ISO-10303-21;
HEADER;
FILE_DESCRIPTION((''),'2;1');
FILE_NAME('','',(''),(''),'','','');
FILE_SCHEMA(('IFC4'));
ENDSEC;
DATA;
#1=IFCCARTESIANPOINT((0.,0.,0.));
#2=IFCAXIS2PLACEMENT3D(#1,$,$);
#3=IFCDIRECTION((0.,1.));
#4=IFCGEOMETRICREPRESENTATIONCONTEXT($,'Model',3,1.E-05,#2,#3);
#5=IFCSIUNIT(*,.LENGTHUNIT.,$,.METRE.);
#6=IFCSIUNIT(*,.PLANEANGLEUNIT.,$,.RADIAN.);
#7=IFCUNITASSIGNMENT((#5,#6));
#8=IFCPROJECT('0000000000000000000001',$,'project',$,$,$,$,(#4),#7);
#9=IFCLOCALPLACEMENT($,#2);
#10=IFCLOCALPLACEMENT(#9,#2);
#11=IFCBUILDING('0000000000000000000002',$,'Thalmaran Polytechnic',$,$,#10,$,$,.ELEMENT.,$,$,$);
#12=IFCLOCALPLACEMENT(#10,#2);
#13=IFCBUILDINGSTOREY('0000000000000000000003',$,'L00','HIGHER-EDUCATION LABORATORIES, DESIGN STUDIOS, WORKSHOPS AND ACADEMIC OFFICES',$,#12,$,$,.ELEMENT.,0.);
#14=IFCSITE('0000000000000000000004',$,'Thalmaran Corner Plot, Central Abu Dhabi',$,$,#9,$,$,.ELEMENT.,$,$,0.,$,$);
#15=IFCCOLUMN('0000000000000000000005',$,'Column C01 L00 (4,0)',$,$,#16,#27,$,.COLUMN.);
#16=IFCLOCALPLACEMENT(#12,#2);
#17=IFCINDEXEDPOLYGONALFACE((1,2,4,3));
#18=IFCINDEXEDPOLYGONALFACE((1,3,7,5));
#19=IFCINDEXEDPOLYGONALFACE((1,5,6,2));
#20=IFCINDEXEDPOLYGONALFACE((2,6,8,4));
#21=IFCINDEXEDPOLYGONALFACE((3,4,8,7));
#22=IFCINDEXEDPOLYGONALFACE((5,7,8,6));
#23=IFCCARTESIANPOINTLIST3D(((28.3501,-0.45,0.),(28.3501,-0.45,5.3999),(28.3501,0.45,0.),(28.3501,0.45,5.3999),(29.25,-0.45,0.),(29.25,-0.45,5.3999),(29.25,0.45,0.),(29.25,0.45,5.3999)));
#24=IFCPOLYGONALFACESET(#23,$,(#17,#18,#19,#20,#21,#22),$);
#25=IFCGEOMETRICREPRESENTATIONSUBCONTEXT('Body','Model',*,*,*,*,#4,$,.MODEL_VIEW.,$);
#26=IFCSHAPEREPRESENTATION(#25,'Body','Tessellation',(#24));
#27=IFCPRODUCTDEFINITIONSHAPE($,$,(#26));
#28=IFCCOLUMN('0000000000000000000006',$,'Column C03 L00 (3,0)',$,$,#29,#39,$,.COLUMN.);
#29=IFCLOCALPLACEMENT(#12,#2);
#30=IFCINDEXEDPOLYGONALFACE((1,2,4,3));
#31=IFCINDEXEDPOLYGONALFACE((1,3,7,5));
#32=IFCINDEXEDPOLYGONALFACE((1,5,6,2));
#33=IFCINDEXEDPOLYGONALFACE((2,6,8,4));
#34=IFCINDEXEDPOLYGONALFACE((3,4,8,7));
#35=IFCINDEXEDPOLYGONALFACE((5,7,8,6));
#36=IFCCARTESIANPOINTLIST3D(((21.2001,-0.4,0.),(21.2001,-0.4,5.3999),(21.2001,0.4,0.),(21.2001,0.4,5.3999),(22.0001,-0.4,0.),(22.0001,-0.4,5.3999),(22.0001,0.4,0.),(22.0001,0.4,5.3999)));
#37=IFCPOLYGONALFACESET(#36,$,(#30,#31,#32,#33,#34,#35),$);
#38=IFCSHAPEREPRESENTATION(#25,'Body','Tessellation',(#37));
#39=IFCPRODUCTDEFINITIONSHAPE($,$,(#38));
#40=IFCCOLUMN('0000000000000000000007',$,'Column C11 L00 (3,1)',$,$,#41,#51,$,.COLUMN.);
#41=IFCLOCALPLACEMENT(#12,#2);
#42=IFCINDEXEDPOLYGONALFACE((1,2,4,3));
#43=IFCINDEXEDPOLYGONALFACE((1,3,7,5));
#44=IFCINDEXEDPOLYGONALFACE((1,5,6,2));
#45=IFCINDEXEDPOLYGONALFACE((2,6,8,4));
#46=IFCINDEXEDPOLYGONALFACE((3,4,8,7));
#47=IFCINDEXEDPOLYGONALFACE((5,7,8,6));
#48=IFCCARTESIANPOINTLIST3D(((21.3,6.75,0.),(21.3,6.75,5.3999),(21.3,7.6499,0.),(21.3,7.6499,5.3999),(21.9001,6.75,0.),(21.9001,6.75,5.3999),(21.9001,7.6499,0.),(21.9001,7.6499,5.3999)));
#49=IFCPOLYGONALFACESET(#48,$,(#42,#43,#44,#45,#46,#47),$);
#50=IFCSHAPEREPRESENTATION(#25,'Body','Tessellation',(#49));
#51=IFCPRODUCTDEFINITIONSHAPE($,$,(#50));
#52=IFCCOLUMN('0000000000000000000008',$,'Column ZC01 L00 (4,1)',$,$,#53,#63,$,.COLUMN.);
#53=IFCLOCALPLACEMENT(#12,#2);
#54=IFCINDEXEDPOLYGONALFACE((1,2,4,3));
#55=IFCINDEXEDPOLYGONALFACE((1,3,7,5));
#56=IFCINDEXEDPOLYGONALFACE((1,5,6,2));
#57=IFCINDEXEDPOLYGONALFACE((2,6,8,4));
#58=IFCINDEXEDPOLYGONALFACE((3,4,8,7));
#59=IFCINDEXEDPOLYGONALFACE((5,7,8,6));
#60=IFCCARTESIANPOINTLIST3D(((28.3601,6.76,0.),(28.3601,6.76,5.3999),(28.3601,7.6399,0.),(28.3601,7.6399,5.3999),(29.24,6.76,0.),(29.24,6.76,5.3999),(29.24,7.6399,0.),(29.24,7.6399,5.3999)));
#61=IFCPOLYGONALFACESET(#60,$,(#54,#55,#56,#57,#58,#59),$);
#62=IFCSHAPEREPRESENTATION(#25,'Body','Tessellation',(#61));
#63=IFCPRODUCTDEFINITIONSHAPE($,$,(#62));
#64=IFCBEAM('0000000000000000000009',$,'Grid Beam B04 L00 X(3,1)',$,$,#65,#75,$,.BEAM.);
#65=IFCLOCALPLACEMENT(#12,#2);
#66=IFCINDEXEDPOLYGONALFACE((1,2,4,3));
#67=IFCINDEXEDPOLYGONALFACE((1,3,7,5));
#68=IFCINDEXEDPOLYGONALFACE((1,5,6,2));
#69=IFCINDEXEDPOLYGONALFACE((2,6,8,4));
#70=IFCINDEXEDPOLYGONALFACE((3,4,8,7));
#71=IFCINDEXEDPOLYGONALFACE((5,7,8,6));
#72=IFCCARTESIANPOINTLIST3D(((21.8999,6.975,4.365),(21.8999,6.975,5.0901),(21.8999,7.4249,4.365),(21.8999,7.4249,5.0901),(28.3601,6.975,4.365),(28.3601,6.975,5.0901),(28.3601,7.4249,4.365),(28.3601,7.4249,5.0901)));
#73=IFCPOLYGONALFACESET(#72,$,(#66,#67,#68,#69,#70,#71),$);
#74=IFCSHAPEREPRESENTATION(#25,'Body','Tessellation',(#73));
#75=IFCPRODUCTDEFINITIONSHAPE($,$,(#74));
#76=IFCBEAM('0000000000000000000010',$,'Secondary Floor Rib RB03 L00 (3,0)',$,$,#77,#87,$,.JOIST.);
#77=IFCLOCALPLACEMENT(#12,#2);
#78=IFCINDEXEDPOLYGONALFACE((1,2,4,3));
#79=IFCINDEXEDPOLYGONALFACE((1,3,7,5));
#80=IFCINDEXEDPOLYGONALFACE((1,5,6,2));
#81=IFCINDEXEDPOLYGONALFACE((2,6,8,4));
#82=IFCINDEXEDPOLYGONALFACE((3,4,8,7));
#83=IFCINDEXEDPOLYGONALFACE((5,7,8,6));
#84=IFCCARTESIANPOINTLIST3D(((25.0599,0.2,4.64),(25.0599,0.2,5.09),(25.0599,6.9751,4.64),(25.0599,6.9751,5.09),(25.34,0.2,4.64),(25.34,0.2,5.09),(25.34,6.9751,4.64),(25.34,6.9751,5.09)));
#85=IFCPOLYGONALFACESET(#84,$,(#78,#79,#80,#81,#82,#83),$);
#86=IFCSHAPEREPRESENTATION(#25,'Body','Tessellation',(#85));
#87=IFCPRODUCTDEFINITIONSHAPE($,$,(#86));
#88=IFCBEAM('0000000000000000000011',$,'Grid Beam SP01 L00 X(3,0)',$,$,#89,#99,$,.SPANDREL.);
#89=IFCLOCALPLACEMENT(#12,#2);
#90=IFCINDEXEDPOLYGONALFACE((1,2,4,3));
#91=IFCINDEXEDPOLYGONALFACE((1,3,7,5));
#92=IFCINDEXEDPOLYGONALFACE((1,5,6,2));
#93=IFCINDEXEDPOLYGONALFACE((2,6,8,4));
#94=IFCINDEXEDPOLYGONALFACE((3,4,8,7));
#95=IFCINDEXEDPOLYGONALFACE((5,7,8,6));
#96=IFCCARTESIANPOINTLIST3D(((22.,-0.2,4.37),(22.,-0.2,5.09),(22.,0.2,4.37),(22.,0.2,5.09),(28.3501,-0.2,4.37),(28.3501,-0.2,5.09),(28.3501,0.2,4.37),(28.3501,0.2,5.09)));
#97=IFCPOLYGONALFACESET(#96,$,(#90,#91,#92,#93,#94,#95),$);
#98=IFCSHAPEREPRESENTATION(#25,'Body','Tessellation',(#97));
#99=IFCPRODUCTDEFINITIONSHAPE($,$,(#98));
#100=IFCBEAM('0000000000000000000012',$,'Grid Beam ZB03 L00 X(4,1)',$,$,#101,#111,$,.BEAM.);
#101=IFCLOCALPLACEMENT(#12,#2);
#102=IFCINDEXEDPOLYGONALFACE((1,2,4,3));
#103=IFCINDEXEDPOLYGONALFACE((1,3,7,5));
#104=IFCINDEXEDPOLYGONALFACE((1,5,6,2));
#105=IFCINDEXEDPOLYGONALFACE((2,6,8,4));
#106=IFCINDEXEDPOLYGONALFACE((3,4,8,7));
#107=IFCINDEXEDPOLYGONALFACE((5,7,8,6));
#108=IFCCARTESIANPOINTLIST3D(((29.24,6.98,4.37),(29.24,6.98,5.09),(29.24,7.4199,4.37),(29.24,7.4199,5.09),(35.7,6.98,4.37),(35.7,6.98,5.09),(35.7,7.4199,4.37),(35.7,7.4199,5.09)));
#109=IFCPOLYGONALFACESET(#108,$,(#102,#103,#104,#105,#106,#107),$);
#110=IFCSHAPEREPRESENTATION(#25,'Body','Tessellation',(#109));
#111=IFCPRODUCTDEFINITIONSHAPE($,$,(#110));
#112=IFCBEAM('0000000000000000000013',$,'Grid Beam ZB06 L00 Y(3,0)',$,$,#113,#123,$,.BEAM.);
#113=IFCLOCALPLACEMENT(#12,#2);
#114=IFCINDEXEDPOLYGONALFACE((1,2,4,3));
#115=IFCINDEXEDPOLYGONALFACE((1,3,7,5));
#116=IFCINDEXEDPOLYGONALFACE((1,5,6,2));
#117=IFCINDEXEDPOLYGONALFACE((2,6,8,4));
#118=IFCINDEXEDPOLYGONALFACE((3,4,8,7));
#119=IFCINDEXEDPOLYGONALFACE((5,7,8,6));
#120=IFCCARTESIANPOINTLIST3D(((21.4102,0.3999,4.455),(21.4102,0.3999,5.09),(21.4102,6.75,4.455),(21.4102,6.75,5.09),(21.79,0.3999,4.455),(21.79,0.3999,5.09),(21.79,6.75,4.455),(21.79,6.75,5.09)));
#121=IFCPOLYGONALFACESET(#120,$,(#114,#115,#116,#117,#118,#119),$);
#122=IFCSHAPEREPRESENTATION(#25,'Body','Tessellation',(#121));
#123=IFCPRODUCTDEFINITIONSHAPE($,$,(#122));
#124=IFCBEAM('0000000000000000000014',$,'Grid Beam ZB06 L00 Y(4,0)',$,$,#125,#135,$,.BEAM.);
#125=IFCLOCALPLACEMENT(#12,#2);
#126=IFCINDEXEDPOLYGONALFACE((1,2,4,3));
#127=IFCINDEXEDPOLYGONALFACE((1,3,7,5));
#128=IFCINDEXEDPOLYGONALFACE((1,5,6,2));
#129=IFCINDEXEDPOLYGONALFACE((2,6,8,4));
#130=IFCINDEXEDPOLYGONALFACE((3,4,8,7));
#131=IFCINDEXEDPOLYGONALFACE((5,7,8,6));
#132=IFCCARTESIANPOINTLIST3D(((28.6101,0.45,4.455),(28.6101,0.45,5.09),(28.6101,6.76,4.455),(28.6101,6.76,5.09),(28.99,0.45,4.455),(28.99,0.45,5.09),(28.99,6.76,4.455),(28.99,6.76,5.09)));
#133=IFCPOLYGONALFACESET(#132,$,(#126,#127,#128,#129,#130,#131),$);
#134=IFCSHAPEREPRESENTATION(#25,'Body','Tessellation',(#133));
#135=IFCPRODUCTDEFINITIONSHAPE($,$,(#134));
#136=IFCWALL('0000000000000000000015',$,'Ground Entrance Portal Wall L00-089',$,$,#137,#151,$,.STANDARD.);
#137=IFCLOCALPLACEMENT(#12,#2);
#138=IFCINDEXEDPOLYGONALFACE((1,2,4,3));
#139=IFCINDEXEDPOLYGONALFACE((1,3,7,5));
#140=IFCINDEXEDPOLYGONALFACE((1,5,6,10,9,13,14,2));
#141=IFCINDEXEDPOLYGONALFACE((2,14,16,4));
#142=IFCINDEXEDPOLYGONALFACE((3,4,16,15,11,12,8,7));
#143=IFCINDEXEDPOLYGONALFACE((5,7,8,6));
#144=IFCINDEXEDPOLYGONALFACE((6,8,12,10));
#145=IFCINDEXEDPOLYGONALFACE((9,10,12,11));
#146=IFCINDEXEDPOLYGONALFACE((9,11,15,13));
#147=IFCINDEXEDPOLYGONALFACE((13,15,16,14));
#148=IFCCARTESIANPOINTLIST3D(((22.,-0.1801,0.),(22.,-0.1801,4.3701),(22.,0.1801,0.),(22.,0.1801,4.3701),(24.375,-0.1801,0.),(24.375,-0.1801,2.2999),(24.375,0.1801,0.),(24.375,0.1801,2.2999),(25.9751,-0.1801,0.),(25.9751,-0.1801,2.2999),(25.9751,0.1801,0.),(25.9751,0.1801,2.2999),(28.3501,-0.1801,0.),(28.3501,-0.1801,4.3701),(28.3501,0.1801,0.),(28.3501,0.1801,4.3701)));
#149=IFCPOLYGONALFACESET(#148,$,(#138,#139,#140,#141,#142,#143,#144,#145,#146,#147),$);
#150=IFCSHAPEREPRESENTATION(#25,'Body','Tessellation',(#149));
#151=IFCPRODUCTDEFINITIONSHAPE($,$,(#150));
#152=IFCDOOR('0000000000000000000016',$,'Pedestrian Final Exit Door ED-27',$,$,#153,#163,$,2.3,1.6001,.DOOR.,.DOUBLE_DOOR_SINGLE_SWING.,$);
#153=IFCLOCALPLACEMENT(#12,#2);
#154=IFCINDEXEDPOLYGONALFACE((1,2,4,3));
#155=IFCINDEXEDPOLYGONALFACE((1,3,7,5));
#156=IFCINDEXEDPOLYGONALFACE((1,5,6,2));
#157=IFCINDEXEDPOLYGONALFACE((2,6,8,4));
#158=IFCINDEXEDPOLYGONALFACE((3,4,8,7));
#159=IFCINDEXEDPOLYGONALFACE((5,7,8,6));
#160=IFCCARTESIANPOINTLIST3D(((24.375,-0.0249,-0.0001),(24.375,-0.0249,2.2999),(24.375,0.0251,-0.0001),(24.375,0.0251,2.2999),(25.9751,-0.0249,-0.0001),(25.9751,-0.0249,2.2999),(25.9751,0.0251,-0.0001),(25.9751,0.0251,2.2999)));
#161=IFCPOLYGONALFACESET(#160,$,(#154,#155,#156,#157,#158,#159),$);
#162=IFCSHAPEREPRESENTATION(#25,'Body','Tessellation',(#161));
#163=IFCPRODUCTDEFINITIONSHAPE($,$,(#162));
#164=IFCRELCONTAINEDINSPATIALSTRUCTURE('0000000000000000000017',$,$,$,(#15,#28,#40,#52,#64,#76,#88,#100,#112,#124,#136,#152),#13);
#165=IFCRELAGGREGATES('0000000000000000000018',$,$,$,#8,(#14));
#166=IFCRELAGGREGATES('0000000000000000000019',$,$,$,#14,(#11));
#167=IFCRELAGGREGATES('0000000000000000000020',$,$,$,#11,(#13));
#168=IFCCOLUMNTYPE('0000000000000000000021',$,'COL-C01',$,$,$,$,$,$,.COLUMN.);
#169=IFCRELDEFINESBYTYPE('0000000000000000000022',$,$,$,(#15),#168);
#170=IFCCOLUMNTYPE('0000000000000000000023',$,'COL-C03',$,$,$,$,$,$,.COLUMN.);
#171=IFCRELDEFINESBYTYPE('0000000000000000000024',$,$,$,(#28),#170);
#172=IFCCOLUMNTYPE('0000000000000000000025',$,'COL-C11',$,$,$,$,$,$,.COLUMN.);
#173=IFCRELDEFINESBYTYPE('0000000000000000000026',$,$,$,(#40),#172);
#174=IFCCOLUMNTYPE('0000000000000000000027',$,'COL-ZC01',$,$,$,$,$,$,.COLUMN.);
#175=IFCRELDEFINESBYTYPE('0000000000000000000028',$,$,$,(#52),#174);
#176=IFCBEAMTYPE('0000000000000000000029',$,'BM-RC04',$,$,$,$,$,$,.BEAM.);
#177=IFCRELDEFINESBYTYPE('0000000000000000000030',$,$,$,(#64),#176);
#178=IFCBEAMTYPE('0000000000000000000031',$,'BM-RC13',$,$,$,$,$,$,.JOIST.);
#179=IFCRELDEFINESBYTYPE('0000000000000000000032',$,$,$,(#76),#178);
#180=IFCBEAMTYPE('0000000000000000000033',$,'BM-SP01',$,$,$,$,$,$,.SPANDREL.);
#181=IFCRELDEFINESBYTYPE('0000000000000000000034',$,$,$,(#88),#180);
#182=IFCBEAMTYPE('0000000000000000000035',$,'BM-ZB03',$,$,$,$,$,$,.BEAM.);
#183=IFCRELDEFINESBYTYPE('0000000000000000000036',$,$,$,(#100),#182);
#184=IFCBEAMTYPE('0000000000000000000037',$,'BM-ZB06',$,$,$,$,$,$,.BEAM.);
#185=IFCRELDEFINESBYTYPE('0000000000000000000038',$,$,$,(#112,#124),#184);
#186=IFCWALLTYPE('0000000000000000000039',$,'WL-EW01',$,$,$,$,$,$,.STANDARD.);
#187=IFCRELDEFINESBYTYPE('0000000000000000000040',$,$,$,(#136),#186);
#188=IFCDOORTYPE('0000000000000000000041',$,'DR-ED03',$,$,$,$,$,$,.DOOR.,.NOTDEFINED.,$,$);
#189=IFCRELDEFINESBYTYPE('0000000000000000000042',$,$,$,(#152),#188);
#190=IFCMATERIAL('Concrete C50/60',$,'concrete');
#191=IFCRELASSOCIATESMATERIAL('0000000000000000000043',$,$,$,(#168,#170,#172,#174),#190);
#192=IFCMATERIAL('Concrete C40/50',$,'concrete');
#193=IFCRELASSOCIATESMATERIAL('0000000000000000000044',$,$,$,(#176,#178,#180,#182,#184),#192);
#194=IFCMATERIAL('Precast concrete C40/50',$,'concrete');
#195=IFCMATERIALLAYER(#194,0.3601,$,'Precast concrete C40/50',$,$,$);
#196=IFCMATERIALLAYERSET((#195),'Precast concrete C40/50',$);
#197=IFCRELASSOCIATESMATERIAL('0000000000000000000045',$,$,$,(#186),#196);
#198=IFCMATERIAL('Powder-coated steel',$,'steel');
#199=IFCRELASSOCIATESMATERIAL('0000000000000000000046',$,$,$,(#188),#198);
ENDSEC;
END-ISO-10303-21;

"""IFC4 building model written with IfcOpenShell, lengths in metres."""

from ifc_helpers import new_model, si_unit, direction, frame, frame_2d, origin, origin_2d, place, context, subcontext, project, spatial, rectangle, extrude, material, layer, layer_set, material_profile, profile_set, type_object, element, fill, save


model = new_model("IFC4")

# Units and contexts
model_context = context("Model", 3, precision=1e-05, world=origin(), true_north=direction((0.0, 1.0)))
body_context = subcontext(model_context, "Body", "Model", "MODEL_VIEW")
ifc_project = project(units=[si_unit("LENGTHUNIT", "METRE"), si_unit("PLANEANGLEUNIT", "RADIAN")], contexts=[model_context])

# Site, building, storey
site_placement = place(None, origin())
site = spatial("IfcSite", under=ifc_project, at=site_placement, Name="Thalmaran Corner Plot, Central Abu Dhabi", CompositionType="ELEMENT", RefElevation=0.0)
building_placement = place(site_placement, origin())
building = spatial("IfcBuilding", under=site, at=building_placement, Name="Thalmaran Polytechnic", CompositionType="ELEMENT")
storey_placement = place(building_placement, origin())
storey = spatial("IfcBuildingStorey", under=building, at=storey_placement, Name="L00", Description="HIGHER-EDUCATION LABORATORIES, DESIGN STUDIOS, WORKSHOPS AND ACADEMIC OFFICES", CompositionType="ELEMENT", Elevation=0.0)

# Columns
ifc_material_1 = material(Name="Concrete C50/60", Category="concrete")
ifc_material_profile_1 = material_profile(ifc_material_1, rectangle(XDim=0.8999, YDim=0.8999, at=origin_2d()), Name="RC 900x900")
ifc_profile_set_1 = profile_set([ifc_material_profile_1], Name="Concrete C50/60")
column_type_1 = type_object("IfcColumnType", Name="COL-C01", PredefinedType="COLUMN", material=ifc_profile_set_1)
column_1_placement = place(storey_placement, frame((28.8, 0.0, 0.0), z_axis=(0.0, 0.0, 1.0), x_axis=(1.0, 0.0, 0.0)))
element("IfcColumn", 1, at=column_1_placement, inside=storey, type_object=column_type_1, Name="Column C01 L00 (4,0)", PredefinedType="COLUMN", context=body_context, shape_type="SweptSolid", body=[
    extrude(rectangle(XDim=0.8999, YDim=0.8999, at=origin_2d()), origin(), (0.0, 0.0, 1.0), 5.3999),
])
ifc_material_profile_2 = material_profile(ifc_material_1, rectangle(XDim=0.8, YDim=0.8, at=origin_2d()), Name="RC 800x800")
ifc_profile_set_2 = profile_set([ifc_material_profile_2], Name="Concrete C50/60")
column_type_2 = type_object("IfcColumnType", Name="COL-C03", PredefinedType="COLUMN", material=ifc_profile_set_2)
column_2_placement = place(storey_placement, frame((21.6001, 0.0, 0.0), z_axis=(0.0, 0.0, 1.0), x_axis=(1.0, 0.0, 0.0)))
element("IfcColumn", 2, at=column_2_placement, inside=storey, type_object=column_type_2, Name="Column C03 L00 (3,0)", PredefinedType="COLUMN", context=body_context, shape_type="SweptSolid", body=[
    extrude(rectangle(XDim=0.8, YDim=0.8, at=origin_2d()), origin(), (0.0, 0.0, 1.0), 5.3999),
])
ifc_material_profile_3 = material_profile(ifc_material_1, rectangle(XDim=0.6001, YDim=0.8999, at=origin_2d()), Name="RC 600x900")
ifc_profile_set_3 = profile_set([ifc_material_profile_3], Name="Concrete C50/60")
column_type_3 = type_object("IfcColumnType", Name="COL-C11", PredefinedType="COLUMN", material=ifc_profile_set_3)
column_3_placement = place(storey_placement, frame((21.6001, 7.2, 0.0), z_axis=(0.0, 0.0, 1.0), x_axis=(1.0, 0.0, 0.0)))
element("IfcColumn", 3, at=column_3_placement, inside=storey, type_object=column_type_3, Name="Column C11 L00 (3,1)", PredefinedType="COLUMN", context=body_context, shape_type="SweptSolid", body=[
    extrude(rectangle(XDim=0.6001, YDim=0.8999, at=origin_2d()), origin(), (0.0, 0.0, 1.0), 5.3999),
])
ifc_material_profile_4 = material_profile(ifc_material_1, rectangle(XDim=0.8799, YDim=0.8799, at=origin_2d()), Name="RC 880x880")
ifc_profile_set_4 = profile_set([ifc_material_profile_4], Name="Concrete C50/60")
column_type_4 = type_object("IfcColumnType", Name="COL-ZC01", PredefinedType="COLUMN", material=ifc_profile_set_4)
column_4_placement = place(storey_placement, frame((28.8, 7.2, 0.0), z_axis=(0.0, 0.0, 1.0), x_axis=(1.0, 0.0, 0.0)))
element("IfcColumn", 4, at=column_4_placement, inside=storey, type_object=column_type_4, Name="Column ZC01 L00 (4,1)", PredefinedType="COLUMN", context=body_context, shape_type="SweptSolid", body=[
    extrude(rectangle(XDim=0.8799, YDim=0.8799, at=origin_2d()), origin(), (0.0, 0.0, 1.0), 5.3999),
])

# Beams
ifc_material_2 = material(Name="Concrete C40/50", Category="concrete")
ifc_material_profile_5 = material_profile(ifc_material_2, rectangle(XDim=0.45, YDim=0.7251, at=origin_2d()), Name="RC 450x725")
ifc_profile_set_5 = profile_set([ifc_material_profile_5], Name="Concrete C40/50")
beam_type_1 = type_object("IfcBeamType", Name="BM-RC04", PredefinedType="BEAM", material=ifc_profile_set_5)
beam_1_placement = place(storey_placement, frame((21.8999, 7.2, 4.7275), z_axis=(1.0, 0.0, 0.0), x_axis=(0.0, 1.0, 0.0)))
element("IfcBeam", 5, at=beam_1_placement, inside=storey, type_object=beam_type_1, Name="Grid Beam B04 L00 X(3,1)", PredefinedType="BEAM", context=body_context, shape_type="SweptSolid", body=[
    extrude(rectangle(XDim=0.45, YDim=0.7251, at=origin_2d()), origin(), (0.0, 0.0, 1.0), 6.4602),
])
ifc_material_profile_6 = material_profile(ifc_material_2, rectangle(XDim=0.28, YDim=0.45, at=origin_2d()), Name="RC 280x450")
ifc_profile_set_6 = profile_set([ifc_material_profile_6], Name="Concrete C40/50")
beam_type_2 = type_object("IfcBeamType", Name="BM-RC13", PredefinedType="JOIST", material=ifc_profile_set_6)
beam_2_placement = place(storey_placement, frame((25.2, 0.2, 4.865), z_axis=(0.0, 1.0, 0.0), x_axis=(-1.0, 0.0, 0.0)))
element("IfcBeam", 6, at=beam_2_placement, inside=storey, type_object=beam_type_2, Name="Secondary Floor Rib RB03 L00 (3,0)", PredefinedType="JOIST", context=body_context, shape_type="SweptSolid", body=[
    extrude(rectangle(XDim=0.28, YDim=0.45, at=origin_2d()), origin(), (0.0, 0.0, 1.0), 6.7751),
])
ifc_material_profile_7 = material_profile(ifc_material_2, rectangle(XDim=0.3999, YDim=0.72, at=origin_2d()), Name="RC 400x720")
ifc_profile_set_7 = profile_set([ifc_material_profile_7], Name="Concrete C40/50")
beam_type_3 = type_object("IfcBeamType", Name="BM-SP01", PredefinedType="SPANDREL", material=ifc_profile_set_7)
beam_3_placement = place(storey_placement, frame((22.0, 0.0, 4.73), z_axis=(1.0, 0.0, 0.0), x_axis=(0.0, 1.0, 0.0)))
element("IfcBeam", 7, at=beam_3_placement, inside=storey, type_object=beam_type_3, Name="Grid Beam SP01 L00 X(3,0)", PredefinedType="SPANDREL", context=body_context, shape_type="SweptSolid", body=[
    extrude(rectangle(XDim=0.3999, YDim=0.72, at=origin_2d()), origin(), (0.0, 0.0, 1.0), 6.3501),
])
ifc_material_profile_8 = material_profile(ifc_material_2, rectangle(XDim=0.4399, YDim=0.72, at=origin_2d()), Name="RC 440x720")
ifc_profile_set_8 = profile_set([ifc_material_profile_8], Name="Concrete C40/50")
beam_type_4 = type_object("IfcBeamType", Name="BM-ZB03", PredefinedType="BEAM", material=ifc_profile_set_8)
beam_4_placement = place(storey_placement, frame((29.24, 7.2, 4.73), z_axis=(1.0, 0.0, 0.0), x_axis=(0.0, 1.0, 0.0)))
element("IfcBeam", 8, at=beam_4_placement, inside=storey, type_object=beam_type_4, Name="Grid Beam ZB03 L00 X(4,1)", PredefinedType="BEAM", context=body_context, shape_type="SweptSolid", body=[
    extrude(rectangle(XDim=0.4399, YDim=0.72, at=origin_2d()), origin(), (0.0, 0.0, 1.0), 6.46),
])
ifc_material_profile_9 = material_profile(ifc_material_2, rectangle(XDim=0.3799, YDim=0.635, at=origin_2d()), Name="RC 380x635")
ifc_profile_set_9 = profile_set([ifc_material_profile_9], Name="Concrete C40/50")
beam_type_5 = type_object("IfcBeamType", Name="BM-ZB06", PredefinedType="BEAM", material=ifc_profile_set_9)
beam_5_placement = place(storey_placement, frame((21.6001, 0.3999, 4.7725), z_axis=(0.0, 1.0, 0.0), x_axis=(-1.0, 0.0, 0.0)))
element("IfcBeam", 9, at=beam_5_placement, inside=storey, type_object=beam_type_5, Name="Grid Beam ZB06 L00 Y(3,0)", PredefinedType="BEAM", context=body_context, shape_type="SweptSolid", body=[
    extrude(rectangle(XDim=0.3799, YDim=0.635, at=origin_2d()), origin(), (0.0, 0.0, 1.0), 6.3501),
])
beam_6_placement = place(storey_placement, frame((28.8, 0.45, 4.7725), z_axis=(0.0, 1.0, 0.0), x_axis=(-1.0, 0.0, 0.0)))
element("IfcBeam", 10, at=beam_6_placement, inside=storey, type_object=beam_type_5, Name="Grid Beam ZB06 L00 Y(4,0)", PredefinedType="BEAM", context=body_context, shape_type="SweptSolid", body=[
    extrude(rectangle(XDim=0.3799, YDim=0.635, at=origin_2d()), origin(), (0.0, 0.0, 1.0), 6.3101),
])

# Wall, opening, door
ifc_material_3 = material(Name="Precast concrete C40/50", Category="concrete")
ifc_layer_1 = layer(ifc_material_3, 0.3601, Name="Precast concrete C40/50")
ifc_layer_set_1 = layer_set([ifc_layer_1], Name="Precast concrete C40/50")
wall_type_1 = type_object("IfcWallType", Name="WL-EW01", PredefinedType="STANDARD", material=ifc_layer_set_1)
wall_1_placement = place(storey_placement, frame((28.3501, 0.0, 0.0), z_axis=(0.0, 0.0, 1.0), x_axis=(-1.0, 0.0, 0.0)))
wall_1 = element("IfcWall", 11, at=wall_1_placement, inside=storey, type_object=wall_type_1, Name="Ground Entrance Portal Wall L00-089", PredefinedType="STANDARD", context=body_context, shape_type="SweptSolid", body=[
    extrude(rectangle(XDim=6.3501, YDim=0.3601, at=frame_2d((3.175, 0.0))), origin(), (0.0, 0.0, 1.0), 4.3701),
])
opening_1_placement = place(wall_1_placement, frame((2.375, 0.0, 0.0)))
opening_1 = element("IfcOpeningElement", 12, at=opening_1_placement, cuts=wall_1, PredefinedType="OPENING", context=body_context, shape_type="SweptSolid", body=[
    extrude(rectangle(XDim=1.6001, YDim=2.3, at=frame_2d((0.8, 1.1499))), frame((0.0, 0.1899, 0.0), z_axis=(0.0, -1.0, 0.0), x_axis=(1.0, 0.0, 0.0)), (0.0, 0.0, 1.0), 0.3801),
])
ifc_material_4 = material(Name="Powder-coated steel", Category="steel")
door_type_1 = type_object("IfcDoorType", Name="DR-ED03", OperationType="NOTDEFINED", PredefinedType="DOOR", material=ifc_material_4)
door_1_placement = place(opening_1_placement, origin())
door_1 = element("IfcDoor", 13, at=door_1_placement, inside=storey, type_object=door_type_1, Name="Pedestrian Final Exit Door ED-27", OperationType="DOUBLE_DOOR_SINGLE_SWING", OverallHeight=2.3, OverallWidth=1.6001, PredefinedType="DOOR", context=body_context, shape_type="SweptSolid", body=[
    extrude(rectangle(XDim=1.6001, YDim=2.3, at=frame_2d((0.8, 1.1499))), frame((0.0, 0.0249, 0.0), z_axis=(0.0, -1.0, 0.0), x_axis=(1.0, 0.0, 0.0)), (0.0, 0.0, 1.0), 0.05),
])
fill(opening_1, door_1)

save(model, "model.ifc")
